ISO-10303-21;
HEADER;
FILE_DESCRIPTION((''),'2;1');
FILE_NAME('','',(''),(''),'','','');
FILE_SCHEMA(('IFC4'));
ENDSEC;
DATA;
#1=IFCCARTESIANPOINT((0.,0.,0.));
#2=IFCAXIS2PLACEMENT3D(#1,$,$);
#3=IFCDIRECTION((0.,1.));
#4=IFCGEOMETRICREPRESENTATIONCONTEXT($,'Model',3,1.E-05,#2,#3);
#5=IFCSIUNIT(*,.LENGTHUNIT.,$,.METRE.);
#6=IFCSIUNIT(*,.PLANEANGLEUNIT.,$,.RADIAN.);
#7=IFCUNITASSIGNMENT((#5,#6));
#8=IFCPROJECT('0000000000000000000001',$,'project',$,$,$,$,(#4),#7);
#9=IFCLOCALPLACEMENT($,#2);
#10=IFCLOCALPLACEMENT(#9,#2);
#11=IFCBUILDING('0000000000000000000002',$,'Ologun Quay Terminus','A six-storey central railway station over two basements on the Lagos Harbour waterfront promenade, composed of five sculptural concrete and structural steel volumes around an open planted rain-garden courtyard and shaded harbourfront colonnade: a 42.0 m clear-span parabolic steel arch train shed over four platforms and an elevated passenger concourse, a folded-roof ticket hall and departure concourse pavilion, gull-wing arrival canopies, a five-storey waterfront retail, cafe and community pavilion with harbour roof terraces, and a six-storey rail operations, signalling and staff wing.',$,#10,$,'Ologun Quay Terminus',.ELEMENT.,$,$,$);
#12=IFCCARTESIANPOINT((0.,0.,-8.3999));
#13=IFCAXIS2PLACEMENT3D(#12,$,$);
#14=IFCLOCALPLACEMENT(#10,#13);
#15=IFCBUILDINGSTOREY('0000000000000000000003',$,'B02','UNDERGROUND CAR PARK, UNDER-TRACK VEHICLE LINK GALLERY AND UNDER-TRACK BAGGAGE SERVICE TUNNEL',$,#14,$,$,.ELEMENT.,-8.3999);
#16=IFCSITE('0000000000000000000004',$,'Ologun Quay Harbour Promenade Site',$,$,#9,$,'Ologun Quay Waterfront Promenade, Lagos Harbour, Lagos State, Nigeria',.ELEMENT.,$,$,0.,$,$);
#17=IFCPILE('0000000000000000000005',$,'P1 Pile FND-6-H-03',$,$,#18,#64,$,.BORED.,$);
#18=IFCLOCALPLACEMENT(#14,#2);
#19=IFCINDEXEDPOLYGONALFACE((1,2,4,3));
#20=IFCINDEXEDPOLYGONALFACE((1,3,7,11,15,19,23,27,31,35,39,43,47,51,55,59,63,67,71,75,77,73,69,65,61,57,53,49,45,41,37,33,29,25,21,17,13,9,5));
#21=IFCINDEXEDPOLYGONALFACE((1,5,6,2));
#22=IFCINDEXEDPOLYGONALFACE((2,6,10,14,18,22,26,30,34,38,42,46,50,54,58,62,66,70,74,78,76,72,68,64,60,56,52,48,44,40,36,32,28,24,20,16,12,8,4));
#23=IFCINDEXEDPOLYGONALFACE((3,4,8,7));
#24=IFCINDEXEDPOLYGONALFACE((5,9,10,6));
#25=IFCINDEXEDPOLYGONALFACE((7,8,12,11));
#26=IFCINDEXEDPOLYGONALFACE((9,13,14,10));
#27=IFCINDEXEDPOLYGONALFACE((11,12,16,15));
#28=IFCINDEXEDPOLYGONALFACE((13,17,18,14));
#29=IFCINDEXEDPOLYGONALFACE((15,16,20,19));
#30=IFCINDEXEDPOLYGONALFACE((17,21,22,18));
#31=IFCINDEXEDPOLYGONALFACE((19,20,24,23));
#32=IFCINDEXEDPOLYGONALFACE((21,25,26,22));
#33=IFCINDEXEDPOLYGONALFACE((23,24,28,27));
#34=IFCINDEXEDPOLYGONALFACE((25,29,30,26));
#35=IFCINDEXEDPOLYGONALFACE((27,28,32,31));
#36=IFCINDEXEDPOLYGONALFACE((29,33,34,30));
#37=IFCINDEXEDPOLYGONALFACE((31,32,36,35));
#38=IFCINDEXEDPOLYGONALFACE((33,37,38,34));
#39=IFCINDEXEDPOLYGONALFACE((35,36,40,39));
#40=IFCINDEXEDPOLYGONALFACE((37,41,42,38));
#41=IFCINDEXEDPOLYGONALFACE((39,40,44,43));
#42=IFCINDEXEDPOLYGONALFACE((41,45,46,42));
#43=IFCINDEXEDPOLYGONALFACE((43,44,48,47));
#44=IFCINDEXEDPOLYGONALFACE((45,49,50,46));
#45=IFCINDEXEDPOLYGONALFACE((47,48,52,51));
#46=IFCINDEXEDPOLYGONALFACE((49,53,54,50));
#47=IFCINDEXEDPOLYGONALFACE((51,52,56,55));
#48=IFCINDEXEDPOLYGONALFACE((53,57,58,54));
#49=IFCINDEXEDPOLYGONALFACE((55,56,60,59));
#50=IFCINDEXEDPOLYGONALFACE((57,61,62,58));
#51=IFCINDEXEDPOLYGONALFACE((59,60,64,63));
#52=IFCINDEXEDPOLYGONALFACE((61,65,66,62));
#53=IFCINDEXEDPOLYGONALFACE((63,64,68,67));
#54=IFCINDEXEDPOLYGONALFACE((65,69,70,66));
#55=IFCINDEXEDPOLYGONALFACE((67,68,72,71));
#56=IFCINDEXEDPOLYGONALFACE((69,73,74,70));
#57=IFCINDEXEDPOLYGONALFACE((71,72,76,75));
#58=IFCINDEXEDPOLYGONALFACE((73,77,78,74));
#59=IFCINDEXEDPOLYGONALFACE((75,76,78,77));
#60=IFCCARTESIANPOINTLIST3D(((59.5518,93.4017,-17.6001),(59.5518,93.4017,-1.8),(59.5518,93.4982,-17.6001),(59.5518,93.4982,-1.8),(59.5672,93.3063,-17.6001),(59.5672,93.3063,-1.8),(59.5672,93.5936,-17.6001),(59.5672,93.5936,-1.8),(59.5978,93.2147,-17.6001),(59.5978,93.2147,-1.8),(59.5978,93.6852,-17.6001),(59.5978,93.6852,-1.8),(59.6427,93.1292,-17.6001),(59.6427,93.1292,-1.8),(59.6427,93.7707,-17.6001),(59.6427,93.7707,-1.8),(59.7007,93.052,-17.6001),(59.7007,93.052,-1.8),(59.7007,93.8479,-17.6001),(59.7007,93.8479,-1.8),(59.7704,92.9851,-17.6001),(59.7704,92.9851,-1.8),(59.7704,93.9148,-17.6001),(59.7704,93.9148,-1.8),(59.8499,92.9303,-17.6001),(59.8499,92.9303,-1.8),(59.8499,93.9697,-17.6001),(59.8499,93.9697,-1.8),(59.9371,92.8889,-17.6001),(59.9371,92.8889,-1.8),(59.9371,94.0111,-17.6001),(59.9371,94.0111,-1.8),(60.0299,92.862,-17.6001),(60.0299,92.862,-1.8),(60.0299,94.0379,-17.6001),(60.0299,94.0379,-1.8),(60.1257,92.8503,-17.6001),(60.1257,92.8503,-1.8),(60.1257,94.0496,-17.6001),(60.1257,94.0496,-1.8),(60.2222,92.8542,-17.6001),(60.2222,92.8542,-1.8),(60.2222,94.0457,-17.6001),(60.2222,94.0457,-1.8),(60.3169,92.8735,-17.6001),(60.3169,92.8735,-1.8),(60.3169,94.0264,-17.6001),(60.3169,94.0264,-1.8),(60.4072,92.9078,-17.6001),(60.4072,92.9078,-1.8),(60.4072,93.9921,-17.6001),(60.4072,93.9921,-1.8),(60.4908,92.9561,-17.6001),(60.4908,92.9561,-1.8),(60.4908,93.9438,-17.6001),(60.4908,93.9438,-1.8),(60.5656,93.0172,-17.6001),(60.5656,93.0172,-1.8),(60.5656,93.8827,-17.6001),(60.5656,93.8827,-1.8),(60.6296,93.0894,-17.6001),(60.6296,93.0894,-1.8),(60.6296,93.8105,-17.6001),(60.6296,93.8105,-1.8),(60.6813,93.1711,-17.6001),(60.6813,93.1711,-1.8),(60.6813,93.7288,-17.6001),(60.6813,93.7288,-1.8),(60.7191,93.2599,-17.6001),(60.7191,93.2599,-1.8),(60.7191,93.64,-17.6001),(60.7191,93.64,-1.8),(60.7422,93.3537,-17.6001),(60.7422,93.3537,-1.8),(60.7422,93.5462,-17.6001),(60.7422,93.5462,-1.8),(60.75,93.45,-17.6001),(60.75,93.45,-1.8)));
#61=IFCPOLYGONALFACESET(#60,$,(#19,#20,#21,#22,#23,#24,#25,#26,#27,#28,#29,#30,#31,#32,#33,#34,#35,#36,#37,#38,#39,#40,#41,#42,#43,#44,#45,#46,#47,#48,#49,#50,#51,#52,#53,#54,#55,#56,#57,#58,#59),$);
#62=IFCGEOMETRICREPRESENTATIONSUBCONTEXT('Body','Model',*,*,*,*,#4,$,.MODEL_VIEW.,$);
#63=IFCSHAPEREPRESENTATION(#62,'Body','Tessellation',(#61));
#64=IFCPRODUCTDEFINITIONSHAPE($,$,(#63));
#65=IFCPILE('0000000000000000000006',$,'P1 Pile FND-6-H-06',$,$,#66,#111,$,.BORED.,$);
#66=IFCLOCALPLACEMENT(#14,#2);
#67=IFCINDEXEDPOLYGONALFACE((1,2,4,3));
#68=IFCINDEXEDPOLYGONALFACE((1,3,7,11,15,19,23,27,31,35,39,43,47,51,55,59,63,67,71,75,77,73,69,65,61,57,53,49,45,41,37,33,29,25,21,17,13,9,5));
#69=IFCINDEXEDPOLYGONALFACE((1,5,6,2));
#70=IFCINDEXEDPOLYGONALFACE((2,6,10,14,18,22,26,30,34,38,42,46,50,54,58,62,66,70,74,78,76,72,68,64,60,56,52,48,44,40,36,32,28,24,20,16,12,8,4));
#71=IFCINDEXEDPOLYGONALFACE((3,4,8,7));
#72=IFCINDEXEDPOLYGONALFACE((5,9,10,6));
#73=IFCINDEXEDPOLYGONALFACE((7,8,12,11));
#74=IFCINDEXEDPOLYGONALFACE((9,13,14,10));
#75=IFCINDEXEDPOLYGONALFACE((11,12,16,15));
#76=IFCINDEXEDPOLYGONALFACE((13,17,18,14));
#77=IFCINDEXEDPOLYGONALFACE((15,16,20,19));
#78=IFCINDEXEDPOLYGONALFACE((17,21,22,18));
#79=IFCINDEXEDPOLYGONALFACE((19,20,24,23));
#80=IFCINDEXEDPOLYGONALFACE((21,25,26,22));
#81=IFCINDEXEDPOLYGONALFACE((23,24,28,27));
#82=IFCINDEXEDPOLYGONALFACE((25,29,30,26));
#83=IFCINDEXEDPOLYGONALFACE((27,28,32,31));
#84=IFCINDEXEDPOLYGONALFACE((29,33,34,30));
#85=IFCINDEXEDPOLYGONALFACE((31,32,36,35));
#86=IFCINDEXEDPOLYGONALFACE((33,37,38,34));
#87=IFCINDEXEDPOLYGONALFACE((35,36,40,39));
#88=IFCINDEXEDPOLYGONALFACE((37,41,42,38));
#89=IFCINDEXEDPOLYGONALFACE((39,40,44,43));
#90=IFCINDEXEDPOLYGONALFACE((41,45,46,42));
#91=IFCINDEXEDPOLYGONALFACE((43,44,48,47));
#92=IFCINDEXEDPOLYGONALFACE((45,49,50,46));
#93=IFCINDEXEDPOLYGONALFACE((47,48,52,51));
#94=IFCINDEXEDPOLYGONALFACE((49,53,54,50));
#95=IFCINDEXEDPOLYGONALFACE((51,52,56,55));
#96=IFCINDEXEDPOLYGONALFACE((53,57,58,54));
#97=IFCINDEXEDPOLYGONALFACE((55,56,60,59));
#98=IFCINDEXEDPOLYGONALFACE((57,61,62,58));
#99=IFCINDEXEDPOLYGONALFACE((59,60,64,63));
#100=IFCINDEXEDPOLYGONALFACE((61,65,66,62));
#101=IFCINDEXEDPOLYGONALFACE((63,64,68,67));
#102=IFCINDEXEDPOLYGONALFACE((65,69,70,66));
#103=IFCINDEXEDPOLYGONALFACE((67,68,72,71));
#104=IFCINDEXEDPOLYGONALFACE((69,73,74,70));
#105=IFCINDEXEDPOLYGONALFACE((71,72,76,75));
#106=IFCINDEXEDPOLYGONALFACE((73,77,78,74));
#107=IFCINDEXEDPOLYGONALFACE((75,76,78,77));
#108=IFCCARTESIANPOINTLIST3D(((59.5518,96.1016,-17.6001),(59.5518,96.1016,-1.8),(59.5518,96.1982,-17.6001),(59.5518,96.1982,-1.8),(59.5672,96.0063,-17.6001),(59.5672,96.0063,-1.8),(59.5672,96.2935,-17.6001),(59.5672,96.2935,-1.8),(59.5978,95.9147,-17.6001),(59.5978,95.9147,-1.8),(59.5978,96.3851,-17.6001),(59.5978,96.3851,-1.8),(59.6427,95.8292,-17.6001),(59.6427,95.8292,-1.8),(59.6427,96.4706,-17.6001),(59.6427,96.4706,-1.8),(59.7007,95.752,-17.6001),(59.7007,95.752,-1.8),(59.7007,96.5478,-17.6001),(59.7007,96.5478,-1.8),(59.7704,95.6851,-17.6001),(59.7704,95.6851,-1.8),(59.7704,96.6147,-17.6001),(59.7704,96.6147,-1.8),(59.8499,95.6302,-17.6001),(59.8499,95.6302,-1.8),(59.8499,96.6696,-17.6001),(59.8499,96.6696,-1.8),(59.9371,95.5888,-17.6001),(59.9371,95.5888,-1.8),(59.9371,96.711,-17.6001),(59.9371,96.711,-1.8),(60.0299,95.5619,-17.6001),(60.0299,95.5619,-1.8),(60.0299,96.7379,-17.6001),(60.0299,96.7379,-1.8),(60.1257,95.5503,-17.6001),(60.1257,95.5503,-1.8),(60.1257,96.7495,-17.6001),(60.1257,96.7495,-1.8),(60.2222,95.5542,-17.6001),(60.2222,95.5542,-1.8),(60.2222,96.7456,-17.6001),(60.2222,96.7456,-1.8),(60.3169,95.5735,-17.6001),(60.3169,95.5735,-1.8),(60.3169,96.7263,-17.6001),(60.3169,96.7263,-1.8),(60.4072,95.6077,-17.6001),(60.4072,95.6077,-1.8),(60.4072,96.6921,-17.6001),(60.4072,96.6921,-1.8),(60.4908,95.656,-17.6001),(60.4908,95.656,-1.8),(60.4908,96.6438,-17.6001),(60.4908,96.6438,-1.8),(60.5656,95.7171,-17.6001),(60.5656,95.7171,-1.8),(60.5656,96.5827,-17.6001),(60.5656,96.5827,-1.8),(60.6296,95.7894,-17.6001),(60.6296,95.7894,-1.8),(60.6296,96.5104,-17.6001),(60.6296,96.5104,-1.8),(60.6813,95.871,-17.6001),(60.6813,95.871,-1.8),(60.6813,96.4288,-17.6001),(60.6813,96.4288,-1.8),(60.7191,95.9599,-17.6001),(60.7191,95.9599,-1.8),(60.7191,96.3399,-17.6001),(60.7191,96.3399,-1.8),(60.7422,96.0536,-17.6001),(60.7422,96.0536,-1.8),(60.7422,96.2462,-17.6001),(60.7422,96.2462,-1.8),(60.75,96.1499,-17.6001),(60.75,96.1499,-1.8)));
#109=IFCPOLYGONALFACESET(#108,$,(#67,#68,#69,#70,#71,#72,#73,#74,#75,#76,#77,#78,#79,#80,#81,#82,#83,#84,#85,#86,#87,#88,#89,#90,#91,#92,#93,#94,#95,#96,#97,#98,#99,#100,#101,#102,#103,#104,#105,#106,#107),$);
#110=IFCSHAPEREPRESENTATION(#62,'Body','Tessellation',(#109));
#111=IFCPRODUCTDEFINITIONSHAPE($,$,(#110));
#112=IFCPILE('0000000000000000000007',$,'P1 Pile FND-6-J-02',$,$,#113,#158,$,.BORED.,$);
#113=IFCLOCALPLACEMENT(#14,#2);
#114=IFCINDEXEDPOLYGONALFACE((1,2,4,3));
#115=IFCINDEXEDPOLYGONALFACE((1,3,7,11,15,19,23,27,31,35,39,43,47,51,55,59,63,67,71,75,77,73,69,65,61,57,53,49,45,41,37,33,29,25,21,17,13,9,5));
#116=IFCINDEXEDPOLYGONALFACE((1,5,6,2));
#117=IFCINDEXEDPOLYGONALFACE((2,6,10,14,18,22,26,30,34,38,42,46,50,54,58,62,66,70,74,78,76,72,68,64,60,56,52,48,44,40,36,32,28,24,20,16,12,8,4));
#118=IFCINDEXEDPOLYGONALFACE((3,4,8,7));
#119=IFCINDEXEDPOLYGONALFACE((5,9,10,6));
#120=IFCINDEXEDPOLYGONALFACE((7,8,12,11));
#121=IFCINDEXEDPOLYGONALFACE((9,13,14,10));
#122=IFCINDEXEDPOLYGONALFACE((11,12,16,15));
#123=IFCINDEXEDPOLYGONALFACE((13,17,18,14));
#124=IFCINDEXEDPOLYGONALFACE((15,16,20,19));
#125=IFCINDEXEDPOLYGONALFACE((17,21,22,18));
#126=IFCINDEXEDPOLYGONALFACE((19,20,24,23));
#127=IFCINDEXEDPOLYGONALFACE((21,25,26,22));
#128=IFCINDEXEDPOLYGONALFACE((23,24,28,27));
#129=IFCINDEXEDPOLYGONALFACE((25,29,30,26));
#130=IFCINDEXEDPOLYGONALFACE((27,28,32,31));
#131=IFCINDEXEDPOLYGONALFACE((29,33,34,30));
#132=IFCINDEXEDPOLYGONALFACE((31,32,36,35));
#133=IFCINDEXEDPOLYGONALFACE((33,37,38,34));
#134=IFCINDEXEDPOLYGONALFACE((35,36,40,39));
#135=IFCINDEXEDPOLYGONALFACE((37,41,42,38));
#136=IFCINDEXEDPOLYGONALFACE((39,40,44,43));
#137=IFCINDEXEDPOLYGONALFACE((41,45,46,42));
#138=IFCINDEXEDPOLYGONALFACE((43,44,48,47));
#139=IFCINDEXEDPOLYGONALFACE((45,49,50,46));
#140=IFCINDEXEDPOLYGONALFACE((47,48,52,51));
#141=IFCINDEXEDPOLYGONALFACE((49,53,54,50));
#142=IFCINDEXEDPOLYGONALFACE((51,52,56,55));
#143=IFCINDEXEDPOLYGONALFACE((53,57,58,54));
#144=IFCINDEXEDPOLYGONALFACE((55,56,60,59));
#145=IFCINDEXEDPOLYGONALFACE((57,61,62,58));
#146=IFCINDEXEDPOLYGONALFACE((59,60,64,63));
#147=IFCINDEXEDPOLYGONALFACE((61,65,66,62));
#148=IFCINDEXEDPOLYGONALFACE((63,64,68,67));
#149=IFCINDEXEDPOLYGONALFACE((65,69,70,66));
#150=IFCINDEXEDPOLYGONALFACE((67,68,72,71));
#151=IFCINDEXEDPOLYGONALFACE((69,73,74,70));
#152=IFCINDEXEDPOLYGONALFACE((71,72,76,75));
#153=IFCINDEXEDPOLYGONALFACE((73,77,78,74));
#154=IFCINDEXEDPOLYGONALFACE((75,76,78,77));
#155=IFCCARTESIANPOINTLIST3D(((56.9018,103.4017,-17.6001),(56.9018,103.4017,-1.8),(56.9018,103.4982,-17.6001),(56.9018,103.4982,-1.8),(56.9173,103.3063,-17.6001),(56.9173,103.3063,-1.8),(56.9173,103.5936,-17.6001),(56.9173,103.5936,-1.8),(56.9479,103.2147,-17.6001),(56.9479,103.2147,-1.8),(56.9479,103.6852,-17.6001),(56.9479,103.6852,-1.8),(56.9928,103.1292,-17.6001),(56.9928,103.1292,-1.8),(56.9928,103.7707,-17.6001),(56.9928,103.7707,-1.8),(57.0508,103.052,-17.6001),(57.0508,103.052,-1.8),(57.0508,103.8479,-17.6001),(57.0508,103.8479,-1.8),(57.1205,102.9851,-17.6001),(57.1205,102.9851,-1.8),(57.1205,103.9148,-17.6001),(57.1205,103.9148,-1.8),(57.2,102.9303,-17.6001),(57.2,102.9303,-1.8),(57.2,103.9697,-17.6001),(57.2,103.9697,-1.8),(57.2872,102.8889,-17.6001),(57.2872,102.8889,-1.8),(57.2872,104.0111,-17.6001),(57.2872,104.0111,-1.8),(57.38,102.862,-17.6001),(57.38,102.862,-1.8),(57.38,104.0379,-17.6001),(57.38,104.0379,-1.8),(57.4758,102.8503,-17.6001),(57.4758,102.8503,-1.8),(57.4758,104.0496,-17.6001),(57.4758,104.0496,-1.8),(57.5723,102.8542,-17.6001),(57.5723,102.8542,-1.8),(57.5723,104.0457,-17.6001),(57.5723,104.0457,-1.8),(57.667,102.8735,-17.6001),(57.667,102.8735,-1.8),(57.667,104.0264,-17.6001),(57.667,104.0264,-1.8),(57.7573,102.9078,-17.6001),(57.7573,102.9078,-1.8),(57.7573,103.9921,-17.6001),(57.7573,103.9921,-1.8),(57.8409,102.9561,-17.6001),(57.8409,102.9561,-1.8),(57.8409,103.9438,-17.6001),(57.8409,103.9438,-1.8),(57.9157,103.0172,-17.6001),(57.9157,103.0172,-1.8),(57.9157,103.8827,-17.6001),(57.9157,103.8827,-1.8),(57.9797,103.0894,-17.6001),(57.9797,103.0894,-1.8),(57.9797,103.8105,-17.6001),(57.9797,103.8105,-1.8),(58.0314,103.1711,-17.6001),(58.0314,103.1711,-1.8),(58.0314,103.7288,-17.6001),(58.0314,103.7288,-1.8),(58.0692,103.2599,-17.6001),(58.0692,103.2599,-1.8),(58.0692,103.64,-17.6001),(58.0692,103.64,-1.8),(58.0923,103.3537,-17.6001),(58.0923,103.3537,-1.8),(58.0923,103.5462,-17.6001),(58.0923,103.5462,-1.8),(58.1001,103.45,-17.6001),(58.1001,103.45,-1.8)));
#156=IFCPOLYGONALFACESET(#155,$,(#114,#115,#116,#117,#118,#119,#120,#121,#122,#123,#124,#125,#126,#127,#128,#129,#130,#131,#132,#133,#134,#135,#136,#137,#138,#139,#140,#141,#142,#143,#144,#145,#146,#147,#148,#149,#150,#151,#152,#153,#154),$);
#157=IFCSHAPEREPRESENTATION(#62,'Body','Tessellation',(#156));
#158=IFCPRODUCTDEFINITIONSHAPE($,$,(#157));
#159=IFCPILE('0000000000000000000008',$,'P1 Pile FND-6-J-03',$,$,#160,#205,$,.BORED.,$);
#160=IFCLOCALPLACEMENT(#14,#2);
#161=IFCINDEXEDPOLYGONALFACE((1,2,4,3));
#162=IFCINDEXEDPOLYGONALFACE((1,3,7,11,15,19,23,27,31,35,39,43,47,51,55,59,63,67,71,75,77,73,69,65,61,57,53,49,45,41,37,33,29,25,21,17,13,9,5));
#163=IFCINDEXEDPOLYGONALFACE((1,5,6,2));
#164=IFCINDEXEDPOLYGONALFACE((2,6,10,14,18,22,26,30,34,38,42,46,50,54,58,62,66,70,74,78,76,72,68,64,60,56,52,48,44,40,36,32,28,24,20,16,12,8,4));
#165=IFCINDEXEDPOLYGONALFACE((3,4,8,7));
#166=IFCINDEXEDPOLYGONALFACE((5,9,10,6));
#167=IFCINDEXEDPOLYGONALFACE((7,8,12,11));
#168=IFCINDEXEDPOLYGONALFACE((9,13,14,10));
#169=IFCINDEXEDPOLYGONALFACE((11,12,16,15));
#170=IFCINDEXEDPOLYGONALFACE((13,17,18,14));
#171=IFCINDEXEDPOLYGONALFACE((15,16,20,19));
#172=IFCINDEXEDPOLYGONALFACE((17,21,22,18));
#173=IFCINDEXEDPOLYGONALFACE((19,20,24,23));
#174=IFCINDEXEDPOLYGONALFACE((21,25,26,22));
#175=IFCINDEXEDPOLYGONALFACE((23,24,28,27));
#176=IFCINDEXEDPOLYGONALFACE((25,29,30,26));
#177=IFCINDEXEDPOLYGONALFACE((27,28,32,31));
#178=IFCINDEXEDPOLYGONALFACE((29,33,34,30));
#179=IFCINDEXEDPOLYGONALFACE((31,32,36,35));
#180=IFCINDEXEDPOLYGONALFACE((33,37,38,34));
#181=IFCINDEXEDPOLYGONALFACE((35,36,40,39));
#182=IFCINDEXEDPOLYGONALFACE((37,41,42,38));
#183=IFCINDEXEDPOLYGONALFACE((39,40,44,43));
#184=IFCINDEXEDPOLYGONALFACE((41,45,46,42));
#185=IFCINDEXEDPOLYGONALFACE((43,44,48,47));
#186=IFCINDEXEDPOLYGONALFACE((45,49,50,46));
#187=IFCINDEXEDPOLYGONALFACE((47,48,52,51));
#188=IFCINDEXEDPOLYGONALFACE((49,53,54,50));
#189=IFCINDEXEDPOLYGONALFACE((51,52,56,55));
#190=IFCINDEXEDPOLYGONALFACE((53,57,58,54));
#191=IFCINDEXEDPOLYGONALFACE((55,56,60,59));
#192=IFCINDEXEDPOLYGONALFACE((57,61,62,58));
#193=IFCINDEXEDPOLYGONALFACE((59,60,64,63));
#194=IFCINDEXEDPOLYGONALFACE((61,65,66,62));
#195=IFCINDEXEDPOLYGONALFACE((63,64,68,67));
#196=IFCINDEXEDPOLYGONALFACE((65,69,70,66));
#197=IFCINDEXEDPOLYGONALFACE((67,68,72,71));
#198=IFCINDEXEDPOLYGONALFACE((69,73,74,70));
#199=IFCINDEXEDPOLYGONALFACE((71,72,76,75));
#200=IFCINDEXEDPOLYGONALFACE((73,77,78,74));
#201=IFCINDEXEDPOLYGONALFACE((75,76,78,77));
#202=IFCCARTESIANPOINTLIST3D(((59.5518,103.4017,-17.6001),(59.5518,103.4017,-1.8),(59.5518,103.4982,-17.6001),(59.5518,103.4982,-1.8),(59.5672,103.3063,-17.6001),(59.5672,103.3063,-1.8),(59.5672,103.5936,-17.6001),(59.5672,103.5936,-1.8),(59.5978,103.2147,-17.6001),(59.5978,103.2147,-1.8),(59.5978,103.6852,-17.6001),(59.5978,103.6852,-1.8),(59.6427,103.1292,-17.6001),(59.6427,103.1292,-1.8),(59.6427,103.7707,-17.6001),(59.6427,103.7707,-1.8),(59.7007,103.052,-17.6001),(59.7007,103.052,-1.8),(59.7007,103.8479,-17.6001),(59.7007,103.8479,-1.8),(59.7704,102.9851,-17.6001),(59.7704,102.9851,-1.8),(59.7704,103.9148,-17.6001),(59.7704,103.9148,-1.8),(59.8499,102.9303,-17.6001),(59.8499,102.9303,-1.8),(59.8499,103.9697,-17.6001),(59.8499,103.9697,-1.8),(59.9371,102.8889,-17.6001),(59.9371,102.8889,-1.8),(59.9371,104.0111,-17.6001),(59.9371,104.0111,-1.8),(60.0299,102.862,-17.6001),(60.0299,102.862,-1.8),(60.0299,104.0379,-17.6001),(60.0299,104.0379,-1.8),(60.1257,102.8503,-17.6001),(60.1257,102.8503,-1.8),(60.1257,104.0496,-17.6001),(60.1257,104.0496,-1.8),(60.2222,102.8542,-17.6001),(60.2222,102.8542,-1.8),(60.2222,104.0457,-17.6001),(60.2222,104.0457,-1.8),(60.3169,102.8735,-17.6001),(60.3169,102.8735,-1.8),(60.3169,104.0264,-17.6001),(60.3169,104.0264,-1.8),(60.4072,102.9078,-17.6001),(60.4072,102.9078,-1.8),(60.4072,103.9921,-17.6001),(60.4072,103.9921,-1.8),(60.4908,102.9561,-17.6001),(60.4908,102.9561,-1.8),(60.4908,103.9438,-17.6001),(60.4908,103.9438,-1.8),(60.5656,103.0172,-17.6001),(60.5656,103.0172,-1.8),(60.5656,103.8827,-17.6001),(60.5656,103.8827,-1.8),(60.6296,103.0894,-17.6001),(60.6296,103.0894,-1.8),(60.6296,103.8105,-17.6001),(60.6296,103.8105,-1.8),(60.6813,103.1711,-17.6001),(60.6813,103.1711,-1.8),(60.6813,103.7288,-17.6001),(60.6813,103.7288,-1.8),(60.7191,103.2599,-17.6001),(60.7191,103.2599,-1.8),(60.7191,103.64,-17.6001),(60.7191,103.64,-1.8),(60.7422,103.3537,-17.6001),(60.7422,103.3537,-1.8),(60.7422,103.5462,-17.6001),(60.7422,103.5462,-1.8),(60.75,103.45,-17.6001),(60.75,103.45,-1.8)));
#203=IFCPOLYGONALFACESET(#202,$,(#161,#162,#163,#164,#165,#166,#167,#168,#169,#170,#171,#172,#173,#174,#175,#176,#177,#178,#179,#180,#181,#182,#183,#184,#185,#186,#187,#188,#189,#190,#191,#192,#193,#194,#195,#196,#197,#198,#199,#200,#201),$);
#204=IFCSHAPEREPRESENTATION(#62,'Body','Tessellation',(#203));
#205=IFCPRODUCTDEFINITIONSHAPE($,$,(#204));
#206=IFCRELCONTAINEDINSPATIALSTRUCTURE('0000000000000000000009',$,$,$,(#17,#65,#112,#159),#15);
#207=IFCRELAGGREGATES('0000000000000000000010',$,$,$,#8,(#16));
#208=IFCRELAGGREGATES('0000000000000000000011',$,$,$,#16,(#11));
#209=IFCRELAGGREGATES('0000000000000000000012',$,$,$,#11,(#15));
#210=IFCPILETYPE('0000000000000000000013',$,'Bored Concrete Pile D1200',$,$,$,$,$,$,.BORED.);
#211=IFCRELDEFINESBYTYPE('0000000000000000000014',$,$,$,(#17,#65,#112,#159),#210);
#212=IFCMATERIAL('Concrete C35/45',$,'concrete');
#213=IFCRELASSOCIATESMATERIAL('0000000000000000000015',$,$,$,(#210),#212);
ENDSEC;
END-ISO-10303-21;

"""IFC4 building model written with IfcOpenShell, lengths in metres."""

from ifc_helpers import new_model, si_unit, direction, frame, origin, origin_2d, place, context, subcontext, project, spatial, circle, extrude, material, material_profile, profile_set, type_object, element, save


model = new_model("IFC4")

# Units and contexts
model_context = context("Model", 3, precision=1e-05, world=origin(), true_north=direction((0.0, 1.0)))
body_context = subcontext(model_context, "Body", "Model", "MODEL_VIEW")
ifc_project = project(units=[si_unit("LENGTHUNIT", "METRE"), si_unit("PLANEANGLEUNIT", "RADIAN")], contexts=[model_context])

# Site, building, storey
site_placement = place(None, origin())
site = spatial("IfcSite", under=ifc_project, at=site_placement, Name="Ologun Quay Harbour Promenade Site", LongName="Ologun Quay Waterfront Promenade, Lagos Harbour, Lagos State, Nigeria", CompositionType="ELEMENT", RefElevation=0.0)
building_placement = place(site_placement, origin())
building = spatial("IfcBuilding", under=site, at=building_placement, Name="Ologun Quay Terminus", Description="A six-storey central railway station over two basements on the Lagos Harbour waterfront promenade, composed of five sculptural concrete and structural steel volumes around an open planted rain-garden courtyard and shaded harbourfront colonnade: a 42.0 m clear-span parabolic steel arch train shed over four platforms and an elevated passenger concourse, a folded-roof ticket hall and departure concourse pavilion, gull-wing arrival canopies, a five-storey waterfront retail, cafe and community pavilion with harbour roof terraces, and a six-storey rail operations, signalling and staff wing.", LongName="Ologun Quay Terminus", CompositionType="ELEMENT")
storey_placement = place(building_placement, frame((0.0, 0.0, -8.3999)))
storey = spatial("IfcBuildingStorey", under=building, at=storey_placement, Name="B02", Description="UNDERGROUND CAR PARK, UNDER-TRACK VEHICLE LINK GALLERY AND UNDER-TRACK BAGGAGE SERVICE TUNNEL", CompositionType="ELEMENT", Elevation=-8.3999)

# Piles
ifc_material_1 = material(Name="Concrete C35/45", Category="concrete")
ifc_material_profile_1 = material_profile(ifc_material_1, circle(Radius=0.6001, at=origin_2d()), Name="PILE D1200")
ifc_profile_set_1 = profile_set([ifc_material_profile_1], Name="Concrete C35/45")
pile_type = type_object("IfcPileType", Name="Bored Concrete Pile D1200", PredefinedType="BORED", material=ifc_profile_set_1)
for number, where, z_axis, x_axis, name in (
    (1, (60.1499, 93.45, -1.8), (0.0, 0.0, -1.0), (1.0, 0.0, 0.0), "P1 Pile FND-6-H-03"),
    (2, (60.1499, 96.1499, -1.8), (0.0, 0.0, -1.0), (1.0, 0.0, 0.0), "P1 Pile FND-6-H-06"),
    (3, (57.5, 103.45, -1.8), (0.0, 0.0, -1.0), (1.0, 0.0, 0.0), "P1 Pile FND-6-J-02"),
    (4, (60.1499, 103.45, -1.8), (0.0, 0.0, -1.0), (1.0, 0.0, 0.0), "P1 Pile FND-6-J-03"),
):
    element("IfcPile", number, at=place(storey_placement, frame(where, z_axis=z_axis, x_axis=x_axis)), inside=storey, type_object=pile_type, Name=name, PredefinedType="BORED", context=body_context, shape_type="SweptSolid", body=[
        extrude(circle(Radius=0.6001, at=origin_2d()), origin(), (0.0, 0.0, 1.0), 15.8),
    ])

save(model, "model.ifc")
